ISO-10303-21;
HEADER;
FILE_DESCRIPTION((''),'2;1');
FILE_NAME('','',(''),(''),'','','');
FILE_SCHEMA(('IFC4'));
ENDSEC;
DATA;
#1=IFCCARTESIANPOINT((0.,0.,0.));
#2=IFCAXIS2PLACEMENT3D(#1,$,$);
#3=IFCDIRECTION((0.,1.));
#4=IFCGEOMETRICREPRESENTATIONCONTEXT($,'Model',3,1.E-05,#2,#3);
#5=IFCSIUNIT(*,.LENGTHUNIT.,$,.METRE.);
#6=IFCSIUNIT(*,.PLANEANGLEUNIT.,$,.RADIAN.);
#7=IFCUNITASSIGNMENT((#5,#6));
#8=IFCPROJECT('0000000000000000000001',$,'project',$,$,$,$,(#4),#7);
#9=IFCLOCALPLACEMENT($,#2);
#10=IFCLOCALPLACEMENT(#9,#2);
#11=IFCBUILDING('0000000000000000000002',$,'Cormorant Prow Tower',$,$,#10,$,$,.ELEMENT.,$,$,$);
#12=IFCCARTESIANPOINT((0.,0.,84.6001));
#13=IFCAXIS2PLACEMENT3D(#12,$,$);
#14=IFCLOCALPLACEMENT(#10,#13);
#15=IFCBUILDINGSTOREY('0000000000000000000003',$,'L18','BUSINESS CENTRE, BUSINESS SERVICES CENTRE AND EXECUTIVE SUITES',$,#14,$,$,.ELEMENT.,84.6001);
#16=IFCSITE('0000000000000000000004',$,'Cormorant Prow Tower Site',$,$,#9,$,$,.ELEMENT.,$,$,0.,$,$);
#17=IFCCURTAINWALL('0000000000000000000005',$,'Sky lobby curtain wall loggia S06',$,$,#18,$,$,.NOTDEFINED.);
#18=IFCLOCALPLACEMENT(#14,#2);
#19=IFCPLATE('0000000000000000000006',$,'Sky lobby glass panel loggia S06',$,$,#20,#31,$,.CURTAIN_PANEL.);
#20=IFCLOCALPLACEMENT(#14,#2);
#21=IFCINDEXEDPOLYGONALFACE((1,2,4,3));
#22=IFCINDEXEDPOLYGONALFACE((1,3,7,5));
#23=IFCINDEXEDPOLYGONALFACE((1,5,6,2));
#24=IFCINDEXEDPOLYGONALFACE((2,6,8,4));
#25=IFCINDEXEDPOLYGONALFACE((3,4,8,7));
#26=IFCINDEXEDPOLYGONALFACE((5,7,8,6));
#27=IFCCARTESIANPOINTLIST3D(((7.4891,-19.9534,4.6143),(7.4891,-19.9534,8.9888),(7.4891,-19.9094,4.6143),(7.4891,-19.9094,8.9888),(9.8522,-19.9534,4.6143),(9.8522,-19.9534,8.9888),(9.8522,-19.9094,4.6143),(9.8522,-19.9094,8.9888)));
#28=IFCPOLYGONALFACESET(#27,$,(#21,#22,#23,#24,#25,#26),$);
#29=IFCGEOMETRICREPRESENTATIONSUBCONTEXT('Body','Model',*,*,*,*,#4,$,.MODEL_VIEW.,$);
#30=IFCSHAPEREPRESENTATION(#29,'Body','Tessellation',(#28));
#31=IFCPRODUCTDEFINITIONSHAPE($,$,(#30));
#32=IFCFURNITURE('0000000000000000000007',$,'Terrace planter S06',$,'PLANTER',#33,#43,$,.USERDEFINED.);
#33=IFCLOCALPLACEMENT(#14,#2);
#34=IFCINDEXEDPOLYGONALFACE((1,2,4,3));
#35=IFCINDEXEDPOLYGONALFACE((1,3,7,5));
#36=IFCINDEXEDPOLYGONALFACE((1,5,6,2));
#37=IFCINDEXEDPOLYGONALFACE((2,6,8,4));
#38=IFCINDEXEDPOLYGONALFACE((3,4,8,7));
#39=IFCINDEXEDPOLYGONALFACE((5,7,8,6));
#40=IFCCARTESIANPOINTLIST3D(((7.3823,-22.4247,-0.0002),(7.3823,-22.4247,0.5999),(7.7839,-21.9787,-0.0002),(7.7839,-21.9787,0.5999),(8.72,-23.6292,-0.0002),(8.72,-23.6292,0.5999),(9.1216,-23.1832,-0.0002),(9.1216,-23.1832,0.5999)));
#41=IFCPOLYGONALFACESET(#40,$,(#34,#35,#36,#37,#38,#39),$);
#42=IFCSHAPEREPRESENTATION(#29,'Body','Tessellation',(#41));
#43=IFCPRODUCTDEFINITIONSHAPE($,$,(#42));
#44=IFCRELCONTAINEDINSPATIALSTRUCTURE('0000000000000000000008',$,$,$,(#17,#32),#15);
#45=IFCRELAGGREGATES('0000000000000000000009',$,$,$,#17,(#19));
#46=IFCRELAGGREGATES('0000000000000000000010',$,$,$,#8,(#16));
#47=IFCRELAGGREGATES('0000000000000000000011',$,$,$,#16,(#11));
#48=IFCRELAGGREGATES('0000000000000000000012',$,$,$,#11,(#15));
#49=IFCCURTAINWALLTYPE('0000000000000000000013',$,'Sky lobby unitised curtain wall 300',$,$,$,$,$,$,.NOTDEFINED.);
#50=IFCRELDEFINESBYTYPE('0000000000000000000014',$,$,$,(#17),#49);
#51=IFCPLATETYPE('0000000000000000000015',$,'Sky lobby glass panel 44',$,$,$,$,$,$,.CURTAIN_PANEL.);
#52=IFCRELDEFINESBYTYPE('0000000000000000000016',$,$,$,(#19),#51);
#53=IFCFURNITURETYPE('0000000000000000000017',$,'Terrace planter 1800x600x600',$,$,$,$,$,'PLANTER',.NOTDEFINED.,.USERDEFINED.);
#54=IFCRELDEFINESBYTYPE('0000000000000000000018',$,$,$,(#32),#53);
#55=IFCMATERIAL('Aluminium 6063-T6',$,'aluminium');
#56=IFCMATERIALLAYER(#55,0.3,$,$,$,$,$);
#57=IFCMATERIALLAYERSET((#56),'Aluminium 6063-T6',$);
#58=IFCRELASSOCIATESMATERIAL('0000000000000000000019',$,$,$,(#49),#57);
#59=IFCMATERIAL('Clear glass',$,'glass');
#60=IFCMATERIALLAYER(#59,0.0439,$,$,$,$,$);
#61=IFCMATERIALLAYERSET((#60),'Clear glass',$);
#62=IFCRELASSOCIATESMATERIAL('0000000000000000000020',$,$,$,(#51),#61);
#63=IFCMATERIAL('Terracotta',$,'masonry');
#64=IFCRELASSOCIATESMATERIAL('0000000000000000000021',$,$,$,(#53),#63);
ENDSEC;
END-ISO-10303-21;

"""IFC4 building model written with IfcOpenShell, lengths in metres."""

from ifc_helpers import new_model, si_unit, direction, frame, origin, origin_2d, place, context, subcontext, project, spatial, rectangle, extrude, material, layer, layer_set, type_object, element, aggregate, save


model = new_model("IFC4")

# Units and contexts
model_context = context("Model", 3, precision=1e-05, world=origin(), true_north=direction((0.0, 1.0)))
body_context = subcontext(model_context, "Body", "Model", "MODEL_VIEW")
ifc_project = project(units=[si_unit("LENGTHUNIT", "METRE"), si_unit("PLANEANGLEUNIT", "RADIAN")], contexts=[model_context])

# Site, building, storey
site_placement = place(None, origin())
site = spatial("IfcSite", under=ifc_project, at=site_placement, Name="Cormorant Prow Tower Site", CompositionType="ELEMENT", RefElevation=0.0)
building_placement = place(site_placement, origin())
building = spatial("IfcBuilding", under=site, at=building_placement, Name="Cormorant Prow Tower", CompositionType="ELEMENT")
storey_placement = place(building_placement, frame((0.0, 0.0, 84.6001)))
storey = spatial("IfcBuildingStorey", under=building, at=storey_placement, Name="L18", Description="BUSINESS CENTRE, BUSINESS SERVICES CENTRE AND EXECUTIVE SUITES", CompositionType="ELEMENT", Elevation=84.6001)

# Curtain wall
ifc_material_1 = material(Name="Aluminium 6063-T6", Category="aluminium")
ifc_layer_1 = layer(ifc_material_1, 0.3)
ifc_layer_set_1 = layer_set([ifc_layer_1], Name="Aluminium 6063-T6")
curtain_wall_type = type_object("IfcCurtainWallType", Name="Sky lobby unitised curtain wall 300", PredefinedType="NOTDEFINED", material=ifc_layer_set_1)
curtain_wall_1_placement = place(storey_placement, origin())
curtain_wall_1 = element("IfcCurtainWall", 1, at=curtain_wall_1_placement, inside=storey, type_object=curtain_wall_type, Name="Sky lobby curtain wall loggia S06", PredefinedType="NOTDEFINED")

# Plate
ifc_material_2 = material(Name="Clear glass", Category="glass")
ifc_layer_2 = layer(ifc_material_2, 0.0439)
ifc_layer_set_2 = layer_set([ifc_layer_2], Name="Clear glass")
plate_type = type_object("IfcPlateType", Name="Sky lobby glass panel 44", PredefinedType="CURTAIN_PANEL", material=ifc_layer_set_2)
plate_1_placement = place(storey_placement, frame((8.6707, -19.9314, 4.6143), z_axis=(0.0, 0.0, 1.0), x_axis=(1.0, 0.0, 0.0)))
plate_1 = element("IfcPlate", 2, at=plate_1_placement, type_object=plate_type, Name="Sky lobby glass panel loggia S06", PredefinedType="CURTAIN_PANEL", context=body_context, shape_type="SweptSolid", body=[
    extrude(rectangle(XDim=2.363, YDim=0.0439, at=origin_2d()), origin(), (0.0, 0.0, 1.0), 4.3745),
])
aggregate(curtain_wall_1, [plate_1])

# Furniture
ifc_material_3 = material(Name="Terracotta", Category="masonry")
furniture_type = type_object("IfcFurnitureType", Name="Terrace planter 1800x600x600", ElementType="PLANTER", AssemblyPlace="NOTDEFINED", PredefinedType="USERDEFINED", material=ifc_material_3)
furniture_placement = place(storey_placement, frame((8.252, -22.804, -0.0002), z_axis=(0.0, 0.0, 1.0), x_axis=(0.743145, -0.669131, 0.0)))
element("IfcFurniture", 3, at=furniture_placement, inside=storey, type_object=furniture_type, Name="Terrace planter S06", ObjectType="PLANTER", PredefinedType="USERDEFINED", context=body_context, shape_type="SweptSolid", body=[
    extrude(rectangle(XDim=1.8, YDim=0.6001, at=origin_2d()), origin(), (0.0, 0.0, 1.0), 0.6001),
])

save(model, "model.ifc")
